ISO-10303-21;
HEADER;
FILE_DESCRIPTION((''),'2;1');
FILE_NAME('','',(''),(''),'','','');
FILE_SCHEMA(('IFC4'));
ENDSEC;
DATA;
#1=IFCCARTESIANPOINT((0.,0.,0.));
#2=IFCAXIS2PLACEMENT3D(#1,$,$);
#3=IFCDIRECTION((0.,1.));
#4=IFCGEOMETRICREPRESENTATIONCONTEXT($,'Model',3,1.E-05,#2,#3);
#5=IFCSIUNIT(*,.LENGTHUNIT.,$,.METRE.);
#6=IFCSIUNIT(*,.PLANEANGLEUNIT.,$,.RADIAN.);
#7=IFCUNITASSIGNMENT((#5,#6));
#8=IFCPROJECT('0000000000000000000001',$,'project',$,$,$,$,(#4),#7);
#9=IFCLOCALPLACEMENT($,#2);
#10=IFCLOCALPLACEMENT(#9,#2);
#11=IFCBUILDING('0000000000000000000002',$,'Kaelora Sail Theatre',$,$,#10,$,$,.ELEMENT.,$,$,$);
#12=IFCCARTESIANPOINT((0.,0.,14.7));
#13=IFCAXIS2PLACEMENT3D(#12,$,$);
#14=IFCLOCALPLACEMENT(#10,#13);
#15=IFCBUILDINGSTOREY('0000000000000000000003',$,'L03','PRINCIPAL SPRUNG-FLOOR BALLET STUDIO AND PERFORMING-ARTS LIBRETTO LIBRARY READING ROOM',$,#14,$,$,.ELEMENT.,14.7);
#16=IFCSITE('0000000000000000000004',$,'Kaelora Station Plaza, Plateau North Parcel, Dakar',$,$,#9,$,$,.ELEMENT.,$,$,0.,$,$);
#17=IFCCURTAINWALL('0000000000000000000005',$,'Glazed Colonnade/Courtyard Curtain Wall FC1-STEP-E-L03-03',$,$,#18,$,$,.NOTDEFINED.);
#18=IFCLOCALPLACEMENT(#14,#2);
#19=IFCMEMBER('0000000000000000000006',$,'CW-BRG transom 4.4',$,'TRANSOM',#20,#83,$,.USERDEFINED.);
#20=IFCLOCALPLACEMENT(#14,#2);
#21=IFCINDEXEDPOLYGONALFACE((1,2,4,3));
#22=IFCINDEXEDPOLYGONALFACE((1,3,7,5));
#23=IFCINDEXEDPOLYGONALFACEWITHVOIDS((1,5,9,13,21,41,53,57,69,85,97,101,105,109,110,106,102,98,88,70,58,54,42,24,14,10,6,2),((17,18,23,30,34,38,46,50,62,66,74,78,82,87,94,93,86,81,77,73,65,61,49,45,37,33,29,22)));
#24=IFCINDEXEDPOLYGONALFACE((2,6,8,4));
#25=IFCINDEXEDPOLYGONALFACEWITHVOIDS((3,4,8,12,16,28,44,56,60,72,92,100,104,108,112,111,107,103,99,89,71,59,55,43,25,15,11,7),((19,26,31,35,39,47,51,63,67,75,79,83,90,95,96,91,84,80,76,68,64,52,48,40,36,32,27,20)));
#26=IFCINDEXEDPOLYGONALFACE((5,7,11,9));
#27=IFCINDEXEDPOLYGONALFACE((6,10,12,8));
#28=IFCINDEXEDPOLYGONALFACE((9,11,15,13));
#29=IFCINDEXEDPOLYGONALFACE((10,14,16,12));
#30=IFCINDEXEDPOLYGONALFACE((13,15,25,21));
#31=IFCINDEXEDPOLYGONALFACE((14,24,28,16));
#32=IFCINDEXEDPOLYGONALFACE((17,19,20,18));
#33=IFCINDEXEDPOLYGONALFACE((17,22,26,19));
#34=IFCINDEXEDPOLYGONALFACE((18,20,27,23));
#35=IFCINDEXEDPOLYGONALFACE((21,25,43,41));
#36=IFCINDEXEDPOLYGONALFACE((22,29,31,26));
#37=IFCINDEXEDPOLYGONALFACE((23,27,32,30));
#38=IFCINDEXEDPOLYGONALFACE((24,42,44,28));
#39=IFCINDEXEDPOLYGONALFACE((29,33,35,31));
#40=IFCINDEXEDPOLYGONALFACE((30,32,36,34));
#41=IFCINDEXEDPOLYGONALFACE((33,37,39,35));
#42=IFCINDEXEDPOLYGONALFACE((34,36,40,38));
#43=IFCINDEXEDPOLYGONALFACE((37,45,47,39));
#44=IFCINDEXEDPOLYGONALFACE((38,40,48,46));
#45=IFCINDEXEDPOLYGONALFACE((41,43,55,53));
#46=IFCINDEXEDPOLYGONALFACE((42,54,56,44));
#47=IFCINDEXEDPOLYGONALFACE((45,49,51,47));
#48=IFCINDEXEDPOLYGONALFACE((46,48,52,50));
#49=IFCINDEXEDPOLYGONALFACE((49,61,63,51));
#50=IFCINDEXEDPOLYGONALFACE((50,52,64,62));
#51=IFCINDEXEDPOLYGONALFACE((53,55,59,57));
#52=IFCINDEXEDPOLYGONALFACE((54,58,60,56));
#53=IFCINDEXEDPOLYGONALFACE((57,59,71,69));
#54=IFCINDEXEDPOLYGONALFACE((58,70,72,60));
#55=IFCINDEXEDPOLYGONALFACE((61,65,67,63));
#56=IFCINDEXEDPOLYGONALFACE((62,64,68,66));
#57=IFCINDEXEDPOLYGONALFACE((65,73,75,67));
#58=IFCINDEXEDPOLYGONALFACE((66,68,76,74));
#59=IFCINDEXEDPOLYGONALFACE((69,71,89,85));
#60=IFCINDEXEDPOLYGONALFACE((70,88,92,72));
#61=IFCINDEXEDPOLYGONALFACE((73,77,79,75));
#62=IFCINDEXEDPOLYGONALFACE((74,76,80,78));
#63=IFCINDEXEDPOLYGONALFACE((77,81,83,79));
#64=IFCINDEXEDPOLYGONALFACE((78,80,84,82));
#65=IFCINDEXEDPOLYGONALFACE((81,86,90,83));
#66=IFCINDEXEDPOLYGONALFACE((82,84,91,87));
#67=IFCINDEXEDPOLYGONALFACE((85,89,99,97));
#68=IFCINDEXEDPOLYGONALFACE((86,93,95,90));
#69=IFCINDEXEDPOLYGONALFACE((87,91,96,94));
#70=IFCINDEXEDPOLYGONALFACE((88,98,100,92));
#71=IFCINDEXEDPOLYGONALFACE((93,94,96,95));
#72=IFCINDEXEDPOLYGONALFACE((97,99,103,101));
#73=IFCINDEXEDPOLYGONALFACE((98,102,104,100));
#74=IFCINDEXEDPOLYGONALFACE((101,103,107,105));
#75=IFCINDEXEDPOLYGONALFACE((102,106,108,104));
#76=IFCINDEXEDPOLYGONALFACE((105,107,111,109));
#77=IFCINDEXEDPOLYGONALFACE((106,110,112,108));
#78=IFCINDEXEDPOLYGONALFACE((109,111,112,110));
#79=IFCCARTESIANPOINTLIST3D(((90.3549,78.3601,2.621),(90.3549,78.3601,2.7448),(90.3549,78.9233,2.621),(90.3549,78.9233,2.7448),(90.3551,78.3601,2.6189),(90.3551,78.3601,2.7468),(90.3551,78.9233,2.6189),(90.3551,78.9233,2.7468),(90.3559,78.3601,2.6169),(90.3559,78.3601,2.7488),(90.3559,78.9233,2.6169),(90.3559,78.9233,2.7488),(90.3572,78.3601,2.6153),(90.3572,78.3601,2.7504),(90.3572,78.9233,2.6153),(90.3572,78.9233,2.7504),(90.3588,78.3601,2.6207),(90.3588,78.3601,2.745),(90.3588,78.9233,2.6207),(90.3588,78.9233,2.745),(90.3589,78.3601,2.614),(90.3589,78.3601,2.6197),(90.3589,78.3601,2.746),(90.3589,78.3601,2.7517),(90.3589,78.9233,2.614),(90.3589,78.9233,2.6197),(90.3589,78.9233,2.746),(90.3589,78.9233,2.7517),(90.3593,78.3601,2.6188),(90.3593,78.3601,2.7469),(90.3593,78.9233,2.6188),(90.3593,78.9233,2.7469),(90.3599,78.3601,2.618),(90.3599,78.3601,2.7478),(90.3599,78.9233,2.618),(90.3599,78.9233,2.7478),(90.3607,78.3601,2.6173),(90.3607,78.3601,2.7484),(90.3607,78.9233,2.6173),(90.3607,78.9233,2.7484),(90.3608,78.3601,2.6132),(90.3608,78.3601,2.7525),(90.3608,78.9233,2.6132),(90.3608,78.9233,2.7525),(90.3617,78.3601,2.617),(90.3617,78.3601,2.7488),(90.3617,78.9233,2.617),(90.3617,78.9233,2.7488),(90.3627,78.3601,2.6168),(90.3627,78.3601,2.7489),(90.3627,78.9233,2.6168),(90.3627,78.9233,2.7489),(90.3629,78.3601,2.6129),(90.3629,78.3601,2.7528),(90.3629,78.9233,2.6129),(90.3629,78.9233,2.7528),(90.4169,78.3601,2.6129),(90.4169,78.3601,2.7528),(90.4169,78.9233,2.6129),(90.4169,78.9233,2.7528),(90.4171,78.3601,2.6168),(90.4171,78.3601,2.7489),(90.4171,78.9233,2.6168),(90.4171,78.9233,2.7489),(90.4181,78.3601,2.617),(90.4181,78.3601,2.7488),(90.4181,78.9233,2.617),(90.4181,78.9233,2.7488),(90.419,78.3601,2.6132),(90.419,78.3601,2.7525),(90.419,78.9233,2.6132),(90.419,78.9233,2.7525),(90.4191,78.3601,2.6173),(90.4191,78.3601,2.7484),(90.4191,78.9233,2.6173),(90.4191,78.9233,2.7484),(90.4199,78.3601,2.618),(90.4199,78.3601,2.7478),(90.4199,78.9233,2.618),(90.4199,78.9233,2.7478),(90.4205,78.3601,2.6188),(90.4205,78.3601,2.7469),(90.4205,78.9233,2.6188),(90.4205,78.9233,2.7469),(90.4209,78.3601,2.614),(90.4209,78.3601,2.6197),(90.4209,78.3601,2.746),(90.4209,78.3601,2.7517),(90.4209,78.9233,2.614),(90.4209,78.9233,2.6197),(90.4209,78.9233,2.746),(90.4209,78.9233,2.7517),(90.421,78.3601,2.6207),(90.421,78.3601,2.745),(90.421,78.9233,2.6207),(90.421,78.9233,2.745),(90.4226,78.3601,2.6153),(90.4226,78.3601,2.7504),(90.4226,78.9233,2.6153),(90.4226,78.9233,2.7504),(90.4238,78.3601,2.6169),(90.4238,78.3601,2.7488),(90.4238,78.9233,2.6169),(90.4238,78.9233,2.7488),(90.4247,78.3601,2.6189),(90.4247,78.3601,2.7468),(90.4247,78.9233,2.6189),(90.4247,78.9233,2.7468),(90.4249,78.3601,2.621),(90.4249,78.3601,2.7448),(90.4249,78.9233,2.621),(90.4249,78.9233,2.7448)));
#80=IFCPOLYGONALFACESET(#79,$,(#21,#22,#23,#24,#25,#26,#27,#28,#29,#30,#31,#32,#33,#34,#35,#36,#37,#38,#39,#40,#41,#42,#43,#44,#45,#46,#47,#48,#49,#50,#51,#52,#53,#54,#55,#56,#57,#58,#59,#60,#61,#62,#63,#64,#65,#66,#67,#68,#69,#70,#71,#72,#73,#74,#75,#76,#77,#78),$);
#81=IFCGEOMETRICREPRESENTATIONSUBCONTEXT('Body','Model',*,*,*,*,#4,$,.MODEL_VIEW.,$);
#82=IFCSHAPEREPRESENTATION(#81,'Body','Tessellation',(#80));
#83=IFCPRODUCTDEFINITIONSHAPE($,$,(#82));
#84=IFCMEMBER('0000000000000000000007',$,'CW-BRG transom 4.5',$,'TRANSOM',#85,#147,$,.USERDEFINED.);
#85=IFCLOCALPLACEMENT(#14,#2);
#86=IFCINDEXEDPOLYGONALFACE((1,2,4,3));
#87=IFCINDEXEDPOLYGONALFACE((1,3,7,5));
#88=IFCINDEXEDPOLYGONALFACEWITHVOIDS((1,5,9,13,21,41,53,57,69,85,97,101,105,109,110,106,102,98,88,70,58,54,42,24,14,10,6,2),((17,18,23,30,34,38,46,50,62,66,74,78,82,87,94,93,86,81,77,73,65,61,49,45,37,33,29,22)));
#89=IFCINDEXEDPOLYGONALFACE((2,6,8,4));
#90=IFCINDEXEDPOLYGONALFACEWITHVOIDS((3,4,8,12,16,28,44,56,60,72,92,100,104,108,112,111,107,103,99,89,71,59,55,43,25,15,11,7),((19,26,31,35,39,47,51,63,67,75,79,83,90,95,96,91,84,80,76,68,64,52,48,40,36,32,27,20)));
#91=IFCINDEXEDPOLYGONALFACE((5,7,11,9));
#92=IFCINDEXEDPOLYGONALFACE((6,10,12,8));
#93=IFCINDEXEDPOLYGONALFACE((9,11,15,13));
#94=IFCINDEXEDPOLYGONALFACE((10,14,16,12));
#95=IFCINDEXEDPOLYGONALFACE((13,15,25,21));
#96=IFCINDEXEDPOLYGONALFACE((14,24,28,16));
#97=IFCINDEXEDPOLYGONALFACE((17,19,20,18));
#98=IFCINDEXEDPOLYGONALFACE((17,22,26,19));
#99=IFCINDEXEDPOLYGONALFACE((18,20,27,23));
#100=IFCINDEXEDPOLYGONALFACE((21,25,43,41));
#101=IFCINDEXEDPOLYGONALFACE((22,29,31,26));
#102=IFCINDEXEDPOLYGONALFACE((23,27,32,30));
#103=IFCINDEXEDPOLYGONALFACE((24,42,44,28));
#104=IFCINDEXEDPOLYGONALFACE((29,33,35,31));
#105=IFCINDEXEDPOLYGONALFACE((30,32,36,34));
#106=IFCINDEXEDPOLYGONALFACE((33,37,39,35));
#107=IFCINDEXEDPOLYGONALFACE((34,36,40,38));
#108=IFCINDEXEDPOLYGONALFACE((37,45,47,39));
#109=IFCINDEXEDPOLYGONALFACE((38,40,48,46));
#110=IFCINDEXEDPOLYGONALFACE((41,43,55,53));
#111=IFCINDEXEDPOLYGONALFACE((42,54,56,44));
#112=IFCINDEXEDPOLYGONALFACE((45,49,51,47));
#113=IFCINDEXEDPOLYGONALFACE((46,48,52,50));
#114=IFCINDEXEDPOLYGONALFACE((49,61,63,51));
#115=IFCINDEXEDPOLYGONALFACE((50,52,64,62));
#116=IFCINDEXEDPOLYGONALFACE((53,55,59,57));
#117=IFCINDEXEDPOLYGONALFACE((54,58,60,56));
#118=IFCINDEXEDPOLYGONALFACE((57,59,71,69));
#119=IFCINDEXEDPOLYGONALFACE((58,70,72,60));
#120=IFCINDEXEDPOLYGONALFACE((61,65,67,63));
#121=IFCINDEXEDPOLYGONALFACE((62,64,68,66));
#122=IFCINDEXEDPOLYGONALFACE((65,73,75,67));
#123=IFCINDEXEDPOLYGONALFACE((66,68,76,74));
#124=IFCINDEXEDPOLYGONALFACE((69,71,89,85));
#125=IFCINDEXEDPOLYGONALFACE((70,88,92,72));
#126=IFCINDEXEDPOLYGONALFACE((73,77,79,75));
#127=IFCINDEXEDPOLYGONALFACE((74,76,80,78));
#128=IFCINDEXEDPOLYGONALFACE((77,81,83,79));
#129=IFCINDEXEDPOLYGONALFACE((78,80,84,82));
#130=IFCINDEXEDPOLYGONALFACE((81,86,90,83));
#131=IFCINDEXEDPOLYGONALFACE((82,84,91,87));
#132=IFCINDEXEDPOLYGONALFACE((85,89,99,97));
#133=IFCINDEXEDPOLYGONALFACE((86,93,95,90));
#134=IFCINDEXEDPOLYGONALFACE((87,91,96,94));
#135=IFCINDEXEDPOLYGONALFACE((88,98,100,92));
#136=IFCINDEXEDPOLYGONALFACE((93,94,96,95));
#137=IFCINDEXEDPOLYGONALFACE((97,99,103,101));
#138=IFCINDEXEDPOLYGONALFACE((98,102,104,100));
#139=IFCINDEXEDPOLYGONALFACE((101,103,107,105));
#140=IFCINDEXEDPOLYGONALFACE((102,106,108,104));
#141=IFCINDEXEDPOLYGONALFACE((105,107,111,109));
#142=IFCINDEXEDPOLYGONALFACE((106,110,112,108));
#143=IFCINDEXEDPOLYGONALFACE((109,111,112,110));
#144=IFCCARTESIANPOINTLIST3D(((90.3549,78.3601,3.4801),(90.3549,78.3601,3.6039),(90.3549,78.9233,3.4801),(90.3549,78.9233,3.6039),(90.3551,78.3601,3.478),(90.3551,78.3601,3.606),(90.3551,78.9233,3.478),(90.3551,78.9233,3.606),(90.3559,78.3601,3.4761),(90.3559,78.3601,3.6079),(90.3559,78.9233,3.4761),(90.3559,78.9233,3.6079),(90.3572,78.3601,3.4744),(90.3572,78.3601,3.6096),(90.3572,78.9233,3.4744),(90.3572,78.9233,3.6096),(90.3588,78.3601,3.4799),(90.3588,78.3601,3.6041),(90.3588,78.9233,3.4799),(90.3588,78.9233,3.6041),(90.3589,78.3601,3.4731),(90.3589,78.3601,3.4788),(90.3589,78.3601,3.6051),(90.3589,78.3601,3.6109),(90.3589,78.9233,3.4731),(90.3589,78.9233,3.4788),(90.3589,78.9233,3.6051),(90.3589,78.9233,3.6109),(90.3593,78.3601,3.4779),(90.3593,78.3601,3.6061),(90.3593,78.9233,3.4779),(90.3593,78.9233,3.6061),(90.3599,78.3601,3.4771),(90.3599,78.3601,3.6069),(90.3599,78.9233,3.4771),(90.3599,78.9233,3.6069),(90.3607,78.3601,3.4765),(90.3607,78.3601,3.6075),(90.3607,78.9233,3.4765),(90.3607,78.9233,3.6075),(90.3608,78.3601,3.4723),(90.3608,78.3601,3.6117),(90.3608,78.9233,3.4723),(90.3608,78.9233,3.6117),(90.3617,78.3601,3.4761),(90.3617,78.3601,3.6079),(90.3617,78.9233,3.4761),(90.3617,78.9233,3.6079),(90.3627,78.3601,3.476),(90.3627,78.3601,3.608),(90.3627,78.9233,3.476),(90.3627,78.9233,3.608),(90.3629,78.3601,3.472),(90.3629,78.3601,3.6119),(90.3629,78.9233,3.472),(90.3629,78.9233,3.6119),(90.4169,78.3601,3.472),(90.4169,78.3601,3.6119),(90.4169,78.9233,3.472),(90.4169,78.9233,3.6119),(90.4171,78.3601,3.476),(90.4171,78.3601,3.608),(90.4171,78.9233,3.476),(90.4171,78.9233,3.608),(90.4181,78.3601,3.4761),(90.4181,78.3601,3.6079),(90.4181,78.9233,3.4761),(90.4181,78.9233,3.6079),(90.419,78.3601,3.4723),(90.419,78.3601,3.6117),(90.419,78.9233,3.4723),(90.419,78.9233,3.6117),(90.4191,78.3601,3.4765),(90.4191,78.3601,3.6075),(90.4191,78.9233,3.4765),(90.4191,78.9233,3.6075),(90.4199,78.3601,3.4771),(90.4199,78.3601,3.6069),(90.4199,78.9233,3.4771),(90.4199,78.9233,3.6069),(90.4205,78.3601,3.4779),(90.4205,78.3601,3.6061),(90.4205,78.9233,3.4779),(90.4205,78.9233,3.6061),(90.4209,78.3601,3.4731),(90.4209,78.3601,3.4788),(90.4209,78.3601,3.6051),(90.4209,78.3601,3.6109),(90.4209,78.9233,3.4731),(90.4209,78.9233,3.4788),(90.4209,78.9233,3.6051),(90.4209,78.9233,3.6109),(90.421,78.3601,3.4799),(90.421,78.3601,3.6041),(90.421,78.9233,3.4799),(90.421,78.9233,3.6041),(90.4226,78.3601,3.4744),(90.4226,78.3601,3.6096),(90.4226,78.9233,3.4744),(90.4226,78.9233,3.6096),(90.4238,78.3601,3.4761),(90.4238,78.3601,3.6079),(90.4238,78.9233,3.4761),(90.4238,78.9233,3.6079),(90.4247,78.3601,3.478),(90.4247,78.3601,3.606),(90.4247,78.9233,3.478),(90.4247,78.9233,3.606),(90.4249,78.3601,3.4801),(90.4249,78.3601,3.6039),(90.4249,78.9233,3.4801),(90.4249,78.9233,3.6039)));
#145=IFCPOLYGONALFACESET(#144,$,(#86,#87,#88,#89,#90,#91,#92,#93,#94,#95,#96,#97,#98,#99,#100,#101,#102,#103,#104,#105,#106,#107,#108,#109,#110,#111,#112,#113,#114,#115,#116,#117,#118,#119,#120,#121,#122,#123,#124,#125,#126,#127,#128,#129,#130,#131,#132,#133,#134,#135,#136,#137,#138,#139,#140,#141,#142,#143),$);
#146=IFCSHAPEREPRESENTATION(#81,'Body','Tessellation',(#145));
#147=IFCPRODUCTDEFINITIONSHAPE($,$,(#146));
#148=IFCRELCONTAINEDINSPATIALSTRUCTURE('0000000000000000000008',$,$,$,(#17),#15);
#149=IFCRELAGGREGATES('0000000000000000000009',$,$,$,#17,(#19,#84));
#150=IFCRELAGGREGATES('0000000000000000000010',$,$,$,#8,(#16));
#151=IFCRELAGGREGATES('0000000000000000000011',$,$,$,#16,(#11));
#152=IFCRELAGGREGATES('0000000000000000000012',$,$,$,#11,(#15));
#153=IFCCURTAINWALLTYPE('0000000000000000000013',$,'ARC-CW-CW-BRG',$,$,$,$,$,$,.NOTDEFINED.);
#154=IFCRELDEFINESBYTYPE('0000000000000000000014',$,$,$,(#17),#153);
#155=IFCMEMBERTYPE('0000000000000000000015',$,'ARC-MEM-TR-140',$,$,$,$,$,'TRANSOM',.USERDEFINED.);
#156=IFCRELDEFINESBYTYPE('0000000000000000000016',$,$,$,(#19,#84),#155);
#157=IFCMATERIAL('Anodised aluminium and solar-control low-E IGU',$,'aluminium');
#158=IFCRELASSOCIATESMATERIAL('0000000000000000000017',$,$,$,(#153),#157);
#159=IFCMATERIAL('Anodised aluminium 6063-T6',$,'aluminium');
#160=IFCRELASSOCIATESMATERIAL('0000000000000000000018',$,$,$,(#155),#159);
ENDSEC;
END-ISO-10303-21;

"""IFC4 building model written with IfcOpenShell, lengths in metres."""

from ifc_helpers import new_model, si_unit, direction, frame, origin, origin_2d, place, context, subcontext, project, spatial, hollow_rectangle, extrude, material, material_profile, profile_set, type_object, element, aggregate, save


model = new_model("IFC4")

# Units and contexts
model_context = context("Model", 3, precision=1e-05, world=origin(), true_north=direction((0.0, 1.0)))
body_context = subcontext(model_context, "Body", "Model", "MODEL_VIEW")
ifc_project = project(units=[si_unit("LENGTHUNIT", "METRE"), si_unit("PLANEANGLEUNIT", "RADIAN")], contexts=[model_context])

# Site, building, storey
site_placement = place(None, origin())
site = spatial("IfcSite", under=ifc_project, at=site_placement, Name="Kaelora Station Plaza, Plateau North Parcel, Dakar", CompositionType="ELEMENT", RefElevation=0.0)
building_placement = place(site_placement, origin())
building = spatial("IfcBuilding", under=site, at=building_placement, Name="Kaelora Sail Theatre", CompositionType="ELEMENT")
storey_placement = place(building_placement, frame((0.0, 0.0, 14.7)))
storey = spatial("IfcBuildingStorey", under=building, at=storey_placement, Name="L03", Description="PRINCIPAL SPRUNG-FLOOR BALLET STUDIO AND PERFORMING-ARTS LIBRETTO LIBRARY READING ROOM", CompositionType="ELEMENT", Elevation=14.7)

# Curtain wall, members
ifc_material_1 = material(Name="Anodised aluminium and solar-control low-E IGU", Category="aluminium")
curtain_wall_type = type_object("IfcCurtainWallType", Name="ARC-CW-CW-BRG", PredefinedType="NOTDEFINED", material=ifc_material_1)
curtain_wall_placement = place(storey_placement, origin())
curtain_wall = element("IfcCurtainWall", 1, at=curtain_wall_placement, inside=storey, type_object=curtain_wall_type, Name="Glazed Colonnade/Courtyard Curtain Wall FC1-STEP-E-L03-03", PredefinedType="NOTDEFINED")
ifc_material_2 = material(Name="Anodised aluminium 6063-T6", Category="aluminium")
ifc_material_profile_1 = material_profile(ifc_material_2, hollow_rectangle(XDim=0.0701, YDim=0.1399, WallThickness=0.0039, InnerFilletRadius=0.0039, OuterFilletRadius=0.0081, at=origin_2d()), Name="ALU-TRAN 70x140x4")
ifc_profile_set_1 = profile_set([ifc_material_profile_1], Name="Anodised aluminium 6063-T6")
member_type_1 = type_object("IfcMemberType", Name="ARC-MEM-TR-140", ElementType="TRANSOM", PredefinedType="USERDEFINED", material=ifc_profile_set_1)
member_1_placement = place(storey_placement, frame((90.3899, 78.3601, 2.6829), z_axis=(0.0, 1.0, 0.0), x_axis=(-1.0, 0.0, 0.0)))
member_1 = element("IfcMember", 2, at=member_1_placement, type_object=member_type_1, Name="CW-BRG transom 4.4", ObjectType="TRANSOM", PredefinedType="USERDEFINED", context=body_context, shape_type="SweptSolid", body=[
    extrude(hollow_rectangle(XDim=0.0701, YDim=0.1399, WallThickness=0.0039, InnerFilletRadius=0.0039, OuterFilletRadius=0.0081, at=origin_2d()), origin(), (0.0, 0.0, 1.0), 0.5632),
])
member_2_placement = place(storey_placement, frame((90.3899, 78.3601, 3.542), z_axis=(0.0, 1.0, 0.0), x_axis=(-1.0, 0.0, 0.0)))
member_2 = element("IfcMember", 3, at=member_2_placement, type_object=member_type_1, Name="CW-BRG transom 4.5", ObjectType="TRANSOM", PredefinedType="USERDEFINED", context=body_context, shape_type="SweptSolid", body=[
    extrude(hollow_rectangle(XDim=0.0701, YDim=0.1399, WallThickness=0.0039, InnerFilletRadius=0.0039, OuterFilletRadius=0.0081, at=origin_2d()), origin(), (0.0, 0.0, 1.0), 0.5632),
])
aggregate(curtain_wall, [member_1, member_2])

save(model, "model.ifc")
